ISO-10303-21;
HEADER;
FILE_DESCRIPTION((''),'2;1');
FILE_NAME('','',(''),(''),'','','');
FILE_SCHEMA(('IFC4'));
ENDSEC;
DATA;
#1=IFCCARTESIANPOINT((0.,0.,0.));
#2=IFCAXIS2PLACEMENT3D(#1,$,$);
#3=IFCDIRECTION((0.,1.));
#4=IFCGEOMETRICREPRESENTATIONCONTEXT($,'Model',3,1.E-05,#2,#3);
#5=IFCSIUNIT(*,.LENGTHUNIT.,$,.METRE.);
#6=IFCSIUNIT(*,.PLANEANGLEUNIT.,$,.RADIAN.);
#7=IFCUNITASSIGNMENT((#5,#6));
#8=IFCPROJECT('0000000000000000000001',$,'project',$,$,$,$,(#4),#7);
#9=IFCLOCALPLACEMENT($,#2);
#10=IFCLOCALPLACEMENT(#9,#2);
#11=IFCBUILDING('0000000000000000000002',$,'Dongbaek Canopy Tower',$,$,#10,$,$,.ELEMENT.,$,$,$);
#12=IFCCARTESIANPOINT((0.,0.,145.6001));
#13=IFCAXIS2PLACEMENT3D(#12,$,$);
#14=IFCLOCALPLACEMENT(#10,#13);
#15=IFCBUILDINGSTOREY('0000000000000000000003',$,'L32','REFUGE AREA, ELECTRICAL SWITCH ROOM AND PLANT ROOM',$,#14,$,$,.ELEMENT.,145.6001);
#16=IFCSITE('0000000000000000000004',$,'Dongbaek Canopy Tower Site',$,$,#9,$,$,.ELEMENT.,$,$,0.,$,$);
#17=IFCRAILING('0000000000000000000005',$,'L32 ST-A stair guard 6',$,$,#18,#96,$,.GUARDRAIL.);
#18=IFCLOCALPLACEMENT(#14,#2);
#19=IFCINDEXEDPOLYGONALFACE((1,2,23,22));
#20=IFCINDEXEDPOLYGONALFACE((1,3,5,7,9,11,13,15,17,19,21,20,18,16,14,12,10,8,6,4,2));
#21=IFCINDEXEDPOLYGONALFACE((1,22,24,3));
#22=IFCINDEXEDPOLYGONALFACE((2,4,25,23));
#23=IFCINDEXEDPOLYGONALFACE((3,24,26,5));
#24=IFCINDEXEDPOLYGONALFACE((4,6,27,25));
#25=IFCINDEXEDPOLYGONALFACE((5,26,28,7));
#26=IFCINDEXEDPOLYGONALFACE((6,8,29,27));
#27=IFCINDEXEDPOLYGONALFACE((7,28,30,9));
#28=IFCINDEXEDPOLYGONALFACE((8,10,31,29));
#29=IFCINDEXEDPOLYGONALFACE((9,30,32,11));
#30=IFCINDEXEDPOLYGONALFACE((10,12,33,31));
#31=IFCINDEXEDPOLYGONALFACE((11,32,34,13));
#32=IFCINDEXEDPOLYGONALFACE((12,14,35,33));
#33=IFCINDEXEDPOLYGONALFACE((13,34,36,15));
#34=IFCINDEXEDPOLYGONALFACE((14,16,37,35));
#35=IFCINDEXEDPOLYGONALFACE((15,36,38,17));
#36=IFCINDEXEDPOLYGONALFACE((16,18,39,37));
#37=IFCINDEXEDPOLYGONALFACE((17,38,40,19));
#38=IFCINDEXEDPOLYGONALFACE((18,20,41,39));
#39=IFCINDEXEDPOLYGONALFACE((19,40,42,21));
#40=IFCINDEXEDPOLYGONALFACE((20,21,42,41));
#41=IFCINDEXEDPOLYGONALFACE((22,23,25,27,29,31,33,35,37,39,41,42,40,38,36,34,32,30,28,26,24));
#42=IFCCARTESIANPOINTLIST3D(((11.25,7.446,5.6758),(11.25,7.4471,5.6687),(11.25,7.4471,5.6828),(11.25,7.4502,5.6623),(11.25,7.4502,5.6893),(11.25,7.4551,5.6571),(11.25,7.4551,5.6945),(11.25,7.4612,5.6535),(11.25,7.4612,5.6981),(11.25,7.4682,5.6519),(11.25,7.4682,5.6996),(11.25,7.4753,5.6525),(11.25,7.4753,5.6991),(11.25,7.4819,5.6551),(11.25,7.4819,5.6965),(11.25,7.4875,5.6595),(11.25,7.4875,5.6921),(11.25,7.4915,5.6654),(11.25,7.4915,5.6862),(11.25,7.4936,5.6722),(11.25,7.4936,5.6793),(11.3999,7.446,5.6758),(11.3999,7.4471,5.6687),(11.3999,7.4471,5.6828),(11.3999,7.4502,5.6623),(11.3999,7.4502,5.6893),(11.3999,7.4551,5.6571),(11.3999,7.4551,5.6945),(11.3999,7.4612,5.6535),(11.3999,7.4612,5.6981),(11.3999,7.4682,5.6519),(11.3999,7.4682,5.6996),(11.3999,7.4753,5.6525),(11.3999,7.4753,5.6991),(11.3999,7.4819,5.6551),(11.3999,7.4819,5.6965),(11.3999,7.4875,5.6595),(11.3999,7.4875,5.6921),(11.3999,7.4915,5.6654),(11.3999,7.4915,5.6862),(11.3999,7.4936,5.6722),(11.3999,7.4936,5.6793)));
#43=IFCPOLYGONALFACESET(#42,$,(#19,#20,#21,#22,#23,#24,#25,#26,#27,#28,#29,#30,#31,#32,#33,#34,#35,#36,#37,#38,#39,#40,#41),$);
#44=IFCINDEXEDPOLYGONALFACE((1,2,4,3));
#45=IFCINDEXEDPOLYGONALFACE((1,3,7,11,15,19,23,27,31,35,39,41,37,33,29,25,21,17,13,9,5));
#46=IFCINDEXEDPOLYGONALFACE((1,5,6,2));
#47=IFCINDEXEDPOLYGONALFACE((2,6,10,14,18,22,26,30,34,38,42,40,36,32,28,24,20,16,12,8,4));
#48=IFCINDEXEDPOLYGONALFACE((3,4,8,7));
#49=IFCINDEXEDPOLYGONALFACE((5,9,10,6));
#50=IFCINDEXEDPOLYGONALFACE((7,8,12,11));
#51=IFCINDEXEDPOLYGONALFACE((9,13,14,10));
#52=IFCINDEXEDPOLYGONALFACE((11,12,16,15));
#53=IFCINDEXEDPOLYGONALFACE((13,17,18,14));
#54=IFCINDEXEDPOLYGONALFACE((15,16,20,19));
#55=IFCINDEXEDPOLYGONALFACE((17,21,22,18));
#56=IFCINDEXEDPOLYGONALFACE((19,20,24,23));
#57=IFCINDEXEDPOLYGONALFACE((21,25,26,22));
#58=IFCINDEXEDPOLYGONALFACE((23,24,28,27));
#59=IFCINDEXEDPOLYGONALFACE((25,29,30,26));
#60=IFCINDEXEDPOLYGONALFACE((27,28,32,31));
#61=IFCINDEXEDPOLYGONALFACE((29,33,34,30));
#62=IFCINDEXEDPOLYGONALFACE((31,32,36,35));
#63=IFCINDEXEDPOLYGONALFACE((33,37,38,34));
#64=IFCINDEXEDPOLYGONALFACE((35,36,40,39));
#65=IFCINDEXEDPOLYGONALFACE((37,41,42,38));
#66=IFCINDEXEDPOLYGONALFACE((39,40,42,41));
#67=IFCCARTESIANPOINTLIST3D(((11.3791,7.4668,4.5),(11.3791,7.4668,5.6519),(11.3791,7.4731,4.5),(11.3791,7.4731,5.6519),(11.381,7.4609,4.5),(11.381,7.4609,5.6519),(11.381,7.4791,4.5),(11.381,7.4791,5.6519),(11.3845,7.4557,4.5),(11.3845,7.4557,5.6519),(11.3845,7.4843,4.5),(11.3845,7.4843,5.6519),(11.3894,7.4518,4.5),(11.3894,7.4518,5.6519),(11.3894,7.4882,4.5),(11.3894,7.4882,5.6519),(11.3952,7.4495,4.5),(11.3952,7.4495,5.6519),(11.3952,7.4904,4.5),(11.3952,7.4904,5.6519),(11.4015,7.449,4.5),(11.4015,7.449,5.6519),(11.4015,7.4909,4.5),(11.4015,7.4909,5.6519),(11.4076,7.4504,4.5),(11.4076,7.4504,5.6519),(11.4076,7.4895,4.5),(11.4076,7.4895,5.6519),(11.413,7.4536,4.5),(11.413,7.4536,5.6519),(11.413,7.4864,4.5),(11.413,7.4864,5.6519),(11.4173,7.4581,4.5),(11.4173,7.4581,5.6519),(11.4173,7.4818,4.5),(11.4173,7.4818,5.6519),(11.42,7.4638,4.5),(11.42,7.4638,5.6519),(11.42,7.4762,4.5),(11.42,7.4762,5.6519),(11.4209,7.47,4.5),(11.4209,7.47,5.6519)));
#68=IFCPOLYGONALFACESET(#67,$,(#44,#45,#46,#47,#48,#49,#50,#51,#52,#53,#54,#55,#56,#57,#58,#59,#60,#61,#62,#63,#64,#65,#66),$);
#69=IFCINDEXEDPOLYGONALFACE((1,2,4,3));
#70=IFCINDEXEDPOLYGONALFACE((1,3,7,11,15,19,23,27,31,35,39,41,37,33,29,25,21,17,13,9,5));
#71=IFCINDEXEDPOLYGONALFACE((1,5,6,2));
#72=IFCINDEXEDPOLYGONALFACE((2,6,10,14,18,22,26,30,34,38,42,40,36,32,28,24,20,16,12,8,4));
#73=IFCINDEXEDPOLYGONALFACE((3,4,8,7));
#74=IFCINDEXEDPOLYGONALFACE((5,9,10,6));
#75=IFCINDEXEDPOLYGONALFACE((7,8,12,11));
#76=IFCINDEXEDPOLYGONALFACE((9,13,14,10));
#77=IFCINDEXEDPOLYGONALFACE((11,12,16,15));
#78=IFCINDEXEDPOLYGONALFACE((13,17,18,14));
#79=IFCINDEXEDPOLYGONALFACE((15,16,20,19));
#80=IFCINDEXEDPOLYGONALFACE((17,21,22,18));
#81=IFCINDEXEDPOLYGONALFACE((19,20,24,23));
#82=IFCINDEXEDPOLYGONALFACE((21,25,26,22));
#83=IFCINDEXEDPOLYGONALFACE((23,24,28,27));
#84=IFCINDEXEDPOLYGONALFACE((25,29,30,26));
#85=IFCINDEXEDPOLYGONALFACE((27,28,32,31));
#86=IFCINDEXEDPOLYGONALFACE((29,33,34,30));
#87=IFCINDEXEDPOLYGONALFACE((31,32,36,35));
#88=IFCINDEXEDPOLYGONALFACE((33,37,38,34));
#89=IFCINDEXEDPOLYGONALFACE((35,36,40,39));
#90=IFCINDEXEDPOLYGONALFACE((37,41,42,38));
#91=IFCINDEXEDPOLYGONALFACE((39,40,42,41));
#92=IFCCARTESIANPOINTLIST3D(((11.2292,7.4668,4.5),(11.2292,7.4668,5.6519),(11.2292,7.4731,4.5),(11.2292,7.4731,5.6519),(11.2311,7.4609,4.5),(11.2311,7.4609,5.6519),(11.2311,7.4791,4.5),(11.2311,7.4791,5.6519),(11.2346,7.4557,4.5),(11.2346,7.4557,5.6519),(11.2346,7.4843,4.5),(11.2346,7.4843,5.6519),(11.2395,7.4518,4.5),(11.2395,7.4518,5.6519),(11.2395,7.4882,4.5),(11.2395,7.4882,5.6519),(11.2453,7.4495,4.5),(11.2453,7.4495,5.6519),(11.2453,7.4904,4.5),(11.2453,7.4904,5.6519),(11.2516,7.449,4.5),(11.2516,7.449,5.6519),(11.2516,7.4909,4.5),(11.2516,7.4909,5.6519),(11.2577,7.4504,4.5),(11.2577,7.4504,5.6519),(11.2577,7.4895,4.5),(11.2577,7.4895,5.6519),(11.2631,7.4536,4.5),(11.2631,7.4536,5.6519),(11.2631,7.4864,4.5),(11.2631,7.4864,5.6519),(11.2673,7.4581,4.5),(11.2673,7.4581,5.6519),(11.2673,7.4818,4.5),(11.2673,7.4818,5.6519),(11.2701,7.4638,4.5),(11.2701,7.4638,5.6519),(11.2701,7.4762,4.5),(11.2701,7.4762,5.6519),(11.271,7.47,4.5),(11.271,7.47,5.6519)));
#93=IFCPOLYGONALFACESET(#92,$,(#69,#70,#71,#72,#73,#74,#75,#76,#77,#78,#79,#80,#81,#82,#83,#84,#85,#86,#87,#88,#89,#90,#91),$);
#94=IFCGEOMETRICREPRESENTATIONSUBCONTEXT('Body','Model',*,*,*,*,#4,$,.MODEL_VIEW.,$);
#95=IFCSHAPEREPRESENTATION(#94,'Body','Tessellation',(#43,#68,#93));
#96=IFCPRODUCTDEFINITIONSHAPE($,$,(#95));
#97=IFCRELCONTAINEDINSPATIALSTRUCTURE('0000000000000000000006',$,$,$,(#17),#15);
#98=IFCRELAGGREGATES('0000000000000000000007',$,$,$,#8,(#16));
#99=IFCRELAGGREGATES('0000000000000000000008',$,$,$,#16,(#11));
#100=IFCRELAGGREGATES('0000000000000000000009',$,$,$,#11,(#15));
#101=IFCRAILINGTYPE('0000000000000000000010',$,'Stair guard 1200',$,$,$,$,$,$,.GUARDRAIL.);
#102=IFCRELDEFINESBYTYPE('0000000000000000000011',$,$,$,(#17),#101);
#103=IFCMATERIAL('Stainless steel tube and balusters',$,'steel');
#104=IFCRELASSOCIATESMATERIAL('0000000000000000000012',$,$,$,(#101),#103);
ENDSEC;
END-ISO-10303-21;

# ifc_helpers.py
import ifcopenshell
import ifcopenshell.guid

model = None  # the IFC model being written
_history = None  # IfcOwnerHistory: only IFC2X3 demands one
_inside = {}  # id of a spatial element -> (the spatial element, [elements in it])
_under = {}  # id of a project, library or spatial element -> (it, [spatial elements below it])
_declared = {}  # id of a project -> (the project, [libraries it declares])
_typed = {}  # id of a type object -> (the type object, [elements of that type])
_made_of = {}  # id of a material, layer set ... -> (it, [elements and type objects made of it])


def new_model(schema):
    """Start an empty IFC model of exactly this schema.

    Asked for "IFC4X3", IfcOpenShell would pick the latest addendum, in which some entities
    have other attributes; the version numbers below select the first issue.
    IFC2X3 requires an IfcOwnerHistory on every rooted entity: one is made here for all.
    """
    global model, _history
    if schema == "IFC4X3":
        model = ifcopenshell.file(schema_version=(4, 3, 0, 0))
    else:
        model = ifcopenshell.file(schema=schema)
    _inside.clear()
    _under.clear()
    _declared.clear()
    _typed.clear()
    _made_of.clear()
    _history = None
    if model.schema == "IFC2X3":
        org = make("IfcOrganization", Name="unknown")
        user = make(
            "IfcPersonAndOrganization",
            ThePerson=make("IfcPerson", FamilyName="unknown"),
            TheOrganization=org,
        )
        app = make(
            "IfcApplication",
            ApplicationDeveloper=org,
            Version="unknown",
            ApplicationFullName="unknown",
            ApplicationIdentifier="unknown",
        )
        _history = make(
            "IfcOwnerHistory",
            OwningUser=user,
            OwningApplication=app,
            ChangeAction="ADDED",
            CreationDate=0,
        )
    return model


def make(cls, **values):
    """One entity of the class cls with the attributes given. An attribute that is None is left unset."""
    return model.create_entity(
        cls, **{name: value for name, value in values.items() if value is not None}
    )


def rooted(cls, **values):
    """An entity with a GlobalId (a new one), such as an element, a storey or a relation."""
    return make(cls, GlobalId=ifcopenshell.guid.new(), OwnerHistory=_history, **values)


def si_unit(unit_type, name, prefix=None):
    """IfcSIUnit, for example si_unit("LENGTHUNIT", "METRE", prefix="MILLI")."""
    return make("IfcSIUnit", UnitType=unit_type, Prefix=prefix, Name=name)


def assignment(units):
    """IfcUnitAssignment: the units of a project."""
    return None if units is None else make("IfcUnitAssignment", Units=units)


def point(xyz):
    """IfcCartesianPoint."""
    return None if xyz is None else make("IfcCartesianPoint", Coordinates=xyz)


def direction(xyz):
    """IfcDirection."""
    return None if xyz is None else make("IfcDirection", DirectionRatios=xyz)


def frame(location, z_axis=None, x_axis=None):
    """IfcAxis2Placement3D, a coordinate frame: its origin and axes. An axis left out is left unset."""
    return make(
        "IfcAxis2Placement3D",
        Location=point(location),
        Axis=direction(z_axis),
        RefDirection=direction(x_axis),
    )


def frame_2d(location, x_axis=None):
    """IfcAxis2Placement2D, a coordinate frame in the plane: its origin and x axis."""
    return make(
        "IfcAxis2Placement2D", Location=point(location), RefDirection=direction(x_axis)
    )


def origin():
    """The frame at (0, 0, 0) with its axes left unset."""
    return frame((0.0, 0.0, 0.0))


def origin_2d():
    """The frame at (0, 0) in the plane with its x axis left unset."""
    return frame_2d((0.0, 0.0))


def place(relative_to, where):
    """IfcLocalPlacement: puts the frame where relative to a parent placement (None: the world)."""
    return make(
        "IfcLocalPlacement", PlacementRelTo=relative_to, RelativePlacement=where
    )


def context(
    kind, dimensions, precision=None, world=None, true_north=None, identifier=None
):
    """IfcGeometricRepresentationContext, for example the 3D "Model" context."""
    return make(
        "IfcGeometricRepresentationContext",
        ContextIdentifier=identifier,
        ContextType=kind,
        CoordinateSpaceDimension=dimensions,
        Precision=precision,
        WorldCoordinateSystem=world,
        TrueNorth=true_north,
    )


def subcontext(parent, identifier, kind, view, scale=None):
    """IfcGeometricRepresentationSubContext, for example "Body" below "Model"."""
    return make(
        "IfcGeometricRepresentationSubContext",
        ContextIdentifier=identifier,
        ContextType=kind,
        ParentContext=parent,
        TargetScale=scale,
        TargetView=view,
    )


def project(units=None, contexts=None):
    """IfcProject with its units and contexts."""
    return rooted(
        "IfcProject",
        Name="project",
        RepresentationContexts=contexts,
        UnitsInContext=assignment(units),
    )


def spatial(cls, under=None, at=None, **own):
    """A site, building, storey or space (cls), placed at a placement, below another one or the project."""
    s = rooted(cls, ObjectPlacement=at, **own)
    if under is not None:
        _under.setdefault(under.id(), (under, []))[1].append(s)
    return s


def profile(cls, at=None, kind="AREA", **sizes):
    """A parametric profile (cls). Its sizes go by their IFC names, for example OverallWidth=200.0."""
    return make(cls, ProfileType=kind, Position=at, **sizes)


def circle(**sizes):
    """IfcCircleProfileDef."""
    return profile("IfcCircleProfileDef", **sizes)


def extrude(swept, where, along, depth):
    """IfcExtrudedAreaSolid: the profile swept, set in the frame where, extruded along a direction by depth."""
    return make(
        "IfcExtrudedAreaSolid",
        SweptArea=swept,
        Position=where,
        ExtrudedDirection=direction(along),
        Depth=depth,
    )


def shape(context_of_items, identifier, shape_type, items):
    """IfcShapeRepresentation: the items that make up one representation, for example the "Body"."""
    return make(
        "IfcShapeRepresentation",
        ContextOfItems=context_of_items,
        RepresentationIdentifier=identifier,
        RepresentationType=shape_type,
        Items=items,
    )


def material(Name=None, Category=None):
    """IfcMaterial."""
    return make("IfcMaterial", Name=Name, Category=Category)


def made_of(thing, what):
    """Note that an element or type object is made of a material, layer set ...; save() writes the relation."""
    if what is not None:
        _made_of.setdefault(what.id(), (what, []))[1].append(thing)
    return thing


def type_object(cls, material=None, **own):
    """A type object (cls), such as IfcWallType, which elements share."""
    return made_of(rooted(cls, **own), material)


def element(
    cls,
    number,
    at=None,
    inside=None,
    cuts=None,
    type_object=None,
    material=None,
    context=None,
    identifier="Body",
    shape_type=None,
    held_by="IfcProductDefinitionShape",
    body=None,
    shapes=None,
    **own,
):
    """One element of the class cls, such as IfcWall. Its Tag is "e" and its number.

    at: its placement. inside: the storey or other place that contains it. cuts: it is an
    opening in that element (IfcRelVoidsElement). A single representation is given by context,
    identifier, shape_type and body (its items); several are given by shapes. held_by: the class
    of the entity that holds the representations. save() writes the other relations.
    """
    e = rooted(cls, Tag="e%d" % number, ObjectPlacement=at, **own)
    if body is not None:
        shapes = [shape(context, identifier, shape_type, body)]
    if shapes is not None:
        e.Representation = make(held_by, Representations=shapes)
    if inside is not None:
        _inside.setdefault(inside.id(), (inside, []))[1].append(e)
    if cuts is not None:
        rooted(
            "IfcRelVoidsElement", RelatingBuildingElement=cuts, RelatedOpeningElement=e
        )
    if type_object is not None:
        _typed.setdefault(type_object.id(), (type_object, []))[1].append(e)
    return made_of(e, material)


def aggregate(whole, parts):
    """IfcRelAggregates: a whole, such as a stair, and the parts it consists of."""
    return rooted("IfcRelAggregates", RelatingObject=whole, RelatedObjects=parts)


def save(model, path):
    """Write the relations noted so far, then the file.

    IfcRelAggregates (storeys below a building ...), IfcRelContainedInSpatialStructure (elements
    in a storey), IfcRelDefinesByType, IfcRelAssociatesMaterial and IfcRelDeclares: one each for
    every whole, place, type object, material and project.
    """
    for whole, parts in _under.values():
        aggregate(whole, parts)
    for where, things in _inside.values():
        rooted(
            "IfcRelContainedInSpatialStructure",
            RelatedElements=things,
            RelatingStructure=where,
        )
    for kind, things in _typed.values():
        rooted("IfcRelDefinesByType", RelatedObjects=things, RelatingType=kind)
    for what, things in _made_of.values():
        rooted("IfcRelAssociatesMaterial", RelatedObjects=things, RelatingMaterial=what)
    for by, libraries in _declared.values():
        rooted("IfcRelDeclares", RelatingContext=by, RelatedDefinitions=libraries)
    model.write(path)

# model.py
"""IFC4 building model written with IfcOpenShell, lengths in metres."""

from ifc_helpers import new_model, si_unit, direction, frame, origin, origin_2d, place, context, subcontext, project, spatial, circle, extrude, material, type_object, element, save


model = new_model("IFC4")

# Units and contexts
model_context = context("Model", 3, precision=1e-05, world=origin(), true_north=direction((0.0, 1.0)))
body_context = subcontext(model_context, "Body", "Model", "MODEL_VIEW")
ifc_project = project(units=[si_unit("LENGTHUNIT", "METRE"), si_unit("PLANEANGLEUNIT", "RADIAN")], contexts=[model_context])

# Site, building, storey
site_placement = place(None, origin())
site = spatial("IfcSite", under=ifc_project, at=site_placement, Name="Dongbaek Canopy Tower Site", CompositionType="ELEMENT", RefElevation=0.0)
building_placement = place(site_placement, origin())
building = spatial("IfcBuilding", under=site, at=building_placement, Name="Dongbaek Canopy Tower", CompositionType="ELEMENT")
storey_placement = place(building_placement, frame((0.0, 0.0, 145.6001)))
storey = spatial("IfcBuildingStorey", under=building, at=storey_placement, Name="L32", Description="REFUGE AREA, ELECTRICAL SWITCH ROOM AND PLANT ROOM", CompositionType="ELEMENT", Elevation=145.6001)

# Railing
ifc_material_1 = material(Name="Stainless steel tube and balusters", Category="steel")
railing_type_1 = type_object("IfcRailingType", Name="Stair guard 1200", PredefinedType="GUARDRAIL", material=ifc_material_1)
railing_1_placement = place(storey_placement, frame((11.3999, 7.47, 4.5)))
element("IfcRailing", 1, at=railing_1_placement, inside=storey, type_object=railing_type_1, Name="L32 ST-A stair guard 6", PredefinedType="GUARDRAIL", context=body_context, shape_type="SweptSolid", body=[
    extrude(circle(Radius=0.0239, at=origin_2d()), frame((0.0, 0.0, 1.1758), z_axis=(-1.0, 0.0, 0.0), x_axis=(0.0, -1.0, 0.0)), (0.0, 0.0, 1.0), 0.1499),
    extrude(circle(Radius=0.021, at=origin_2d()), origin(), (0.0, 0.0, 1.0), 1.1519),
    extrude(circle(Radius=0.021, at=origin_2d()), frame((-0.1499, 0.0, 0.0)), (0.0, 0.0, 1.0), 1.1519),
])

save(model, "model.ifc")
